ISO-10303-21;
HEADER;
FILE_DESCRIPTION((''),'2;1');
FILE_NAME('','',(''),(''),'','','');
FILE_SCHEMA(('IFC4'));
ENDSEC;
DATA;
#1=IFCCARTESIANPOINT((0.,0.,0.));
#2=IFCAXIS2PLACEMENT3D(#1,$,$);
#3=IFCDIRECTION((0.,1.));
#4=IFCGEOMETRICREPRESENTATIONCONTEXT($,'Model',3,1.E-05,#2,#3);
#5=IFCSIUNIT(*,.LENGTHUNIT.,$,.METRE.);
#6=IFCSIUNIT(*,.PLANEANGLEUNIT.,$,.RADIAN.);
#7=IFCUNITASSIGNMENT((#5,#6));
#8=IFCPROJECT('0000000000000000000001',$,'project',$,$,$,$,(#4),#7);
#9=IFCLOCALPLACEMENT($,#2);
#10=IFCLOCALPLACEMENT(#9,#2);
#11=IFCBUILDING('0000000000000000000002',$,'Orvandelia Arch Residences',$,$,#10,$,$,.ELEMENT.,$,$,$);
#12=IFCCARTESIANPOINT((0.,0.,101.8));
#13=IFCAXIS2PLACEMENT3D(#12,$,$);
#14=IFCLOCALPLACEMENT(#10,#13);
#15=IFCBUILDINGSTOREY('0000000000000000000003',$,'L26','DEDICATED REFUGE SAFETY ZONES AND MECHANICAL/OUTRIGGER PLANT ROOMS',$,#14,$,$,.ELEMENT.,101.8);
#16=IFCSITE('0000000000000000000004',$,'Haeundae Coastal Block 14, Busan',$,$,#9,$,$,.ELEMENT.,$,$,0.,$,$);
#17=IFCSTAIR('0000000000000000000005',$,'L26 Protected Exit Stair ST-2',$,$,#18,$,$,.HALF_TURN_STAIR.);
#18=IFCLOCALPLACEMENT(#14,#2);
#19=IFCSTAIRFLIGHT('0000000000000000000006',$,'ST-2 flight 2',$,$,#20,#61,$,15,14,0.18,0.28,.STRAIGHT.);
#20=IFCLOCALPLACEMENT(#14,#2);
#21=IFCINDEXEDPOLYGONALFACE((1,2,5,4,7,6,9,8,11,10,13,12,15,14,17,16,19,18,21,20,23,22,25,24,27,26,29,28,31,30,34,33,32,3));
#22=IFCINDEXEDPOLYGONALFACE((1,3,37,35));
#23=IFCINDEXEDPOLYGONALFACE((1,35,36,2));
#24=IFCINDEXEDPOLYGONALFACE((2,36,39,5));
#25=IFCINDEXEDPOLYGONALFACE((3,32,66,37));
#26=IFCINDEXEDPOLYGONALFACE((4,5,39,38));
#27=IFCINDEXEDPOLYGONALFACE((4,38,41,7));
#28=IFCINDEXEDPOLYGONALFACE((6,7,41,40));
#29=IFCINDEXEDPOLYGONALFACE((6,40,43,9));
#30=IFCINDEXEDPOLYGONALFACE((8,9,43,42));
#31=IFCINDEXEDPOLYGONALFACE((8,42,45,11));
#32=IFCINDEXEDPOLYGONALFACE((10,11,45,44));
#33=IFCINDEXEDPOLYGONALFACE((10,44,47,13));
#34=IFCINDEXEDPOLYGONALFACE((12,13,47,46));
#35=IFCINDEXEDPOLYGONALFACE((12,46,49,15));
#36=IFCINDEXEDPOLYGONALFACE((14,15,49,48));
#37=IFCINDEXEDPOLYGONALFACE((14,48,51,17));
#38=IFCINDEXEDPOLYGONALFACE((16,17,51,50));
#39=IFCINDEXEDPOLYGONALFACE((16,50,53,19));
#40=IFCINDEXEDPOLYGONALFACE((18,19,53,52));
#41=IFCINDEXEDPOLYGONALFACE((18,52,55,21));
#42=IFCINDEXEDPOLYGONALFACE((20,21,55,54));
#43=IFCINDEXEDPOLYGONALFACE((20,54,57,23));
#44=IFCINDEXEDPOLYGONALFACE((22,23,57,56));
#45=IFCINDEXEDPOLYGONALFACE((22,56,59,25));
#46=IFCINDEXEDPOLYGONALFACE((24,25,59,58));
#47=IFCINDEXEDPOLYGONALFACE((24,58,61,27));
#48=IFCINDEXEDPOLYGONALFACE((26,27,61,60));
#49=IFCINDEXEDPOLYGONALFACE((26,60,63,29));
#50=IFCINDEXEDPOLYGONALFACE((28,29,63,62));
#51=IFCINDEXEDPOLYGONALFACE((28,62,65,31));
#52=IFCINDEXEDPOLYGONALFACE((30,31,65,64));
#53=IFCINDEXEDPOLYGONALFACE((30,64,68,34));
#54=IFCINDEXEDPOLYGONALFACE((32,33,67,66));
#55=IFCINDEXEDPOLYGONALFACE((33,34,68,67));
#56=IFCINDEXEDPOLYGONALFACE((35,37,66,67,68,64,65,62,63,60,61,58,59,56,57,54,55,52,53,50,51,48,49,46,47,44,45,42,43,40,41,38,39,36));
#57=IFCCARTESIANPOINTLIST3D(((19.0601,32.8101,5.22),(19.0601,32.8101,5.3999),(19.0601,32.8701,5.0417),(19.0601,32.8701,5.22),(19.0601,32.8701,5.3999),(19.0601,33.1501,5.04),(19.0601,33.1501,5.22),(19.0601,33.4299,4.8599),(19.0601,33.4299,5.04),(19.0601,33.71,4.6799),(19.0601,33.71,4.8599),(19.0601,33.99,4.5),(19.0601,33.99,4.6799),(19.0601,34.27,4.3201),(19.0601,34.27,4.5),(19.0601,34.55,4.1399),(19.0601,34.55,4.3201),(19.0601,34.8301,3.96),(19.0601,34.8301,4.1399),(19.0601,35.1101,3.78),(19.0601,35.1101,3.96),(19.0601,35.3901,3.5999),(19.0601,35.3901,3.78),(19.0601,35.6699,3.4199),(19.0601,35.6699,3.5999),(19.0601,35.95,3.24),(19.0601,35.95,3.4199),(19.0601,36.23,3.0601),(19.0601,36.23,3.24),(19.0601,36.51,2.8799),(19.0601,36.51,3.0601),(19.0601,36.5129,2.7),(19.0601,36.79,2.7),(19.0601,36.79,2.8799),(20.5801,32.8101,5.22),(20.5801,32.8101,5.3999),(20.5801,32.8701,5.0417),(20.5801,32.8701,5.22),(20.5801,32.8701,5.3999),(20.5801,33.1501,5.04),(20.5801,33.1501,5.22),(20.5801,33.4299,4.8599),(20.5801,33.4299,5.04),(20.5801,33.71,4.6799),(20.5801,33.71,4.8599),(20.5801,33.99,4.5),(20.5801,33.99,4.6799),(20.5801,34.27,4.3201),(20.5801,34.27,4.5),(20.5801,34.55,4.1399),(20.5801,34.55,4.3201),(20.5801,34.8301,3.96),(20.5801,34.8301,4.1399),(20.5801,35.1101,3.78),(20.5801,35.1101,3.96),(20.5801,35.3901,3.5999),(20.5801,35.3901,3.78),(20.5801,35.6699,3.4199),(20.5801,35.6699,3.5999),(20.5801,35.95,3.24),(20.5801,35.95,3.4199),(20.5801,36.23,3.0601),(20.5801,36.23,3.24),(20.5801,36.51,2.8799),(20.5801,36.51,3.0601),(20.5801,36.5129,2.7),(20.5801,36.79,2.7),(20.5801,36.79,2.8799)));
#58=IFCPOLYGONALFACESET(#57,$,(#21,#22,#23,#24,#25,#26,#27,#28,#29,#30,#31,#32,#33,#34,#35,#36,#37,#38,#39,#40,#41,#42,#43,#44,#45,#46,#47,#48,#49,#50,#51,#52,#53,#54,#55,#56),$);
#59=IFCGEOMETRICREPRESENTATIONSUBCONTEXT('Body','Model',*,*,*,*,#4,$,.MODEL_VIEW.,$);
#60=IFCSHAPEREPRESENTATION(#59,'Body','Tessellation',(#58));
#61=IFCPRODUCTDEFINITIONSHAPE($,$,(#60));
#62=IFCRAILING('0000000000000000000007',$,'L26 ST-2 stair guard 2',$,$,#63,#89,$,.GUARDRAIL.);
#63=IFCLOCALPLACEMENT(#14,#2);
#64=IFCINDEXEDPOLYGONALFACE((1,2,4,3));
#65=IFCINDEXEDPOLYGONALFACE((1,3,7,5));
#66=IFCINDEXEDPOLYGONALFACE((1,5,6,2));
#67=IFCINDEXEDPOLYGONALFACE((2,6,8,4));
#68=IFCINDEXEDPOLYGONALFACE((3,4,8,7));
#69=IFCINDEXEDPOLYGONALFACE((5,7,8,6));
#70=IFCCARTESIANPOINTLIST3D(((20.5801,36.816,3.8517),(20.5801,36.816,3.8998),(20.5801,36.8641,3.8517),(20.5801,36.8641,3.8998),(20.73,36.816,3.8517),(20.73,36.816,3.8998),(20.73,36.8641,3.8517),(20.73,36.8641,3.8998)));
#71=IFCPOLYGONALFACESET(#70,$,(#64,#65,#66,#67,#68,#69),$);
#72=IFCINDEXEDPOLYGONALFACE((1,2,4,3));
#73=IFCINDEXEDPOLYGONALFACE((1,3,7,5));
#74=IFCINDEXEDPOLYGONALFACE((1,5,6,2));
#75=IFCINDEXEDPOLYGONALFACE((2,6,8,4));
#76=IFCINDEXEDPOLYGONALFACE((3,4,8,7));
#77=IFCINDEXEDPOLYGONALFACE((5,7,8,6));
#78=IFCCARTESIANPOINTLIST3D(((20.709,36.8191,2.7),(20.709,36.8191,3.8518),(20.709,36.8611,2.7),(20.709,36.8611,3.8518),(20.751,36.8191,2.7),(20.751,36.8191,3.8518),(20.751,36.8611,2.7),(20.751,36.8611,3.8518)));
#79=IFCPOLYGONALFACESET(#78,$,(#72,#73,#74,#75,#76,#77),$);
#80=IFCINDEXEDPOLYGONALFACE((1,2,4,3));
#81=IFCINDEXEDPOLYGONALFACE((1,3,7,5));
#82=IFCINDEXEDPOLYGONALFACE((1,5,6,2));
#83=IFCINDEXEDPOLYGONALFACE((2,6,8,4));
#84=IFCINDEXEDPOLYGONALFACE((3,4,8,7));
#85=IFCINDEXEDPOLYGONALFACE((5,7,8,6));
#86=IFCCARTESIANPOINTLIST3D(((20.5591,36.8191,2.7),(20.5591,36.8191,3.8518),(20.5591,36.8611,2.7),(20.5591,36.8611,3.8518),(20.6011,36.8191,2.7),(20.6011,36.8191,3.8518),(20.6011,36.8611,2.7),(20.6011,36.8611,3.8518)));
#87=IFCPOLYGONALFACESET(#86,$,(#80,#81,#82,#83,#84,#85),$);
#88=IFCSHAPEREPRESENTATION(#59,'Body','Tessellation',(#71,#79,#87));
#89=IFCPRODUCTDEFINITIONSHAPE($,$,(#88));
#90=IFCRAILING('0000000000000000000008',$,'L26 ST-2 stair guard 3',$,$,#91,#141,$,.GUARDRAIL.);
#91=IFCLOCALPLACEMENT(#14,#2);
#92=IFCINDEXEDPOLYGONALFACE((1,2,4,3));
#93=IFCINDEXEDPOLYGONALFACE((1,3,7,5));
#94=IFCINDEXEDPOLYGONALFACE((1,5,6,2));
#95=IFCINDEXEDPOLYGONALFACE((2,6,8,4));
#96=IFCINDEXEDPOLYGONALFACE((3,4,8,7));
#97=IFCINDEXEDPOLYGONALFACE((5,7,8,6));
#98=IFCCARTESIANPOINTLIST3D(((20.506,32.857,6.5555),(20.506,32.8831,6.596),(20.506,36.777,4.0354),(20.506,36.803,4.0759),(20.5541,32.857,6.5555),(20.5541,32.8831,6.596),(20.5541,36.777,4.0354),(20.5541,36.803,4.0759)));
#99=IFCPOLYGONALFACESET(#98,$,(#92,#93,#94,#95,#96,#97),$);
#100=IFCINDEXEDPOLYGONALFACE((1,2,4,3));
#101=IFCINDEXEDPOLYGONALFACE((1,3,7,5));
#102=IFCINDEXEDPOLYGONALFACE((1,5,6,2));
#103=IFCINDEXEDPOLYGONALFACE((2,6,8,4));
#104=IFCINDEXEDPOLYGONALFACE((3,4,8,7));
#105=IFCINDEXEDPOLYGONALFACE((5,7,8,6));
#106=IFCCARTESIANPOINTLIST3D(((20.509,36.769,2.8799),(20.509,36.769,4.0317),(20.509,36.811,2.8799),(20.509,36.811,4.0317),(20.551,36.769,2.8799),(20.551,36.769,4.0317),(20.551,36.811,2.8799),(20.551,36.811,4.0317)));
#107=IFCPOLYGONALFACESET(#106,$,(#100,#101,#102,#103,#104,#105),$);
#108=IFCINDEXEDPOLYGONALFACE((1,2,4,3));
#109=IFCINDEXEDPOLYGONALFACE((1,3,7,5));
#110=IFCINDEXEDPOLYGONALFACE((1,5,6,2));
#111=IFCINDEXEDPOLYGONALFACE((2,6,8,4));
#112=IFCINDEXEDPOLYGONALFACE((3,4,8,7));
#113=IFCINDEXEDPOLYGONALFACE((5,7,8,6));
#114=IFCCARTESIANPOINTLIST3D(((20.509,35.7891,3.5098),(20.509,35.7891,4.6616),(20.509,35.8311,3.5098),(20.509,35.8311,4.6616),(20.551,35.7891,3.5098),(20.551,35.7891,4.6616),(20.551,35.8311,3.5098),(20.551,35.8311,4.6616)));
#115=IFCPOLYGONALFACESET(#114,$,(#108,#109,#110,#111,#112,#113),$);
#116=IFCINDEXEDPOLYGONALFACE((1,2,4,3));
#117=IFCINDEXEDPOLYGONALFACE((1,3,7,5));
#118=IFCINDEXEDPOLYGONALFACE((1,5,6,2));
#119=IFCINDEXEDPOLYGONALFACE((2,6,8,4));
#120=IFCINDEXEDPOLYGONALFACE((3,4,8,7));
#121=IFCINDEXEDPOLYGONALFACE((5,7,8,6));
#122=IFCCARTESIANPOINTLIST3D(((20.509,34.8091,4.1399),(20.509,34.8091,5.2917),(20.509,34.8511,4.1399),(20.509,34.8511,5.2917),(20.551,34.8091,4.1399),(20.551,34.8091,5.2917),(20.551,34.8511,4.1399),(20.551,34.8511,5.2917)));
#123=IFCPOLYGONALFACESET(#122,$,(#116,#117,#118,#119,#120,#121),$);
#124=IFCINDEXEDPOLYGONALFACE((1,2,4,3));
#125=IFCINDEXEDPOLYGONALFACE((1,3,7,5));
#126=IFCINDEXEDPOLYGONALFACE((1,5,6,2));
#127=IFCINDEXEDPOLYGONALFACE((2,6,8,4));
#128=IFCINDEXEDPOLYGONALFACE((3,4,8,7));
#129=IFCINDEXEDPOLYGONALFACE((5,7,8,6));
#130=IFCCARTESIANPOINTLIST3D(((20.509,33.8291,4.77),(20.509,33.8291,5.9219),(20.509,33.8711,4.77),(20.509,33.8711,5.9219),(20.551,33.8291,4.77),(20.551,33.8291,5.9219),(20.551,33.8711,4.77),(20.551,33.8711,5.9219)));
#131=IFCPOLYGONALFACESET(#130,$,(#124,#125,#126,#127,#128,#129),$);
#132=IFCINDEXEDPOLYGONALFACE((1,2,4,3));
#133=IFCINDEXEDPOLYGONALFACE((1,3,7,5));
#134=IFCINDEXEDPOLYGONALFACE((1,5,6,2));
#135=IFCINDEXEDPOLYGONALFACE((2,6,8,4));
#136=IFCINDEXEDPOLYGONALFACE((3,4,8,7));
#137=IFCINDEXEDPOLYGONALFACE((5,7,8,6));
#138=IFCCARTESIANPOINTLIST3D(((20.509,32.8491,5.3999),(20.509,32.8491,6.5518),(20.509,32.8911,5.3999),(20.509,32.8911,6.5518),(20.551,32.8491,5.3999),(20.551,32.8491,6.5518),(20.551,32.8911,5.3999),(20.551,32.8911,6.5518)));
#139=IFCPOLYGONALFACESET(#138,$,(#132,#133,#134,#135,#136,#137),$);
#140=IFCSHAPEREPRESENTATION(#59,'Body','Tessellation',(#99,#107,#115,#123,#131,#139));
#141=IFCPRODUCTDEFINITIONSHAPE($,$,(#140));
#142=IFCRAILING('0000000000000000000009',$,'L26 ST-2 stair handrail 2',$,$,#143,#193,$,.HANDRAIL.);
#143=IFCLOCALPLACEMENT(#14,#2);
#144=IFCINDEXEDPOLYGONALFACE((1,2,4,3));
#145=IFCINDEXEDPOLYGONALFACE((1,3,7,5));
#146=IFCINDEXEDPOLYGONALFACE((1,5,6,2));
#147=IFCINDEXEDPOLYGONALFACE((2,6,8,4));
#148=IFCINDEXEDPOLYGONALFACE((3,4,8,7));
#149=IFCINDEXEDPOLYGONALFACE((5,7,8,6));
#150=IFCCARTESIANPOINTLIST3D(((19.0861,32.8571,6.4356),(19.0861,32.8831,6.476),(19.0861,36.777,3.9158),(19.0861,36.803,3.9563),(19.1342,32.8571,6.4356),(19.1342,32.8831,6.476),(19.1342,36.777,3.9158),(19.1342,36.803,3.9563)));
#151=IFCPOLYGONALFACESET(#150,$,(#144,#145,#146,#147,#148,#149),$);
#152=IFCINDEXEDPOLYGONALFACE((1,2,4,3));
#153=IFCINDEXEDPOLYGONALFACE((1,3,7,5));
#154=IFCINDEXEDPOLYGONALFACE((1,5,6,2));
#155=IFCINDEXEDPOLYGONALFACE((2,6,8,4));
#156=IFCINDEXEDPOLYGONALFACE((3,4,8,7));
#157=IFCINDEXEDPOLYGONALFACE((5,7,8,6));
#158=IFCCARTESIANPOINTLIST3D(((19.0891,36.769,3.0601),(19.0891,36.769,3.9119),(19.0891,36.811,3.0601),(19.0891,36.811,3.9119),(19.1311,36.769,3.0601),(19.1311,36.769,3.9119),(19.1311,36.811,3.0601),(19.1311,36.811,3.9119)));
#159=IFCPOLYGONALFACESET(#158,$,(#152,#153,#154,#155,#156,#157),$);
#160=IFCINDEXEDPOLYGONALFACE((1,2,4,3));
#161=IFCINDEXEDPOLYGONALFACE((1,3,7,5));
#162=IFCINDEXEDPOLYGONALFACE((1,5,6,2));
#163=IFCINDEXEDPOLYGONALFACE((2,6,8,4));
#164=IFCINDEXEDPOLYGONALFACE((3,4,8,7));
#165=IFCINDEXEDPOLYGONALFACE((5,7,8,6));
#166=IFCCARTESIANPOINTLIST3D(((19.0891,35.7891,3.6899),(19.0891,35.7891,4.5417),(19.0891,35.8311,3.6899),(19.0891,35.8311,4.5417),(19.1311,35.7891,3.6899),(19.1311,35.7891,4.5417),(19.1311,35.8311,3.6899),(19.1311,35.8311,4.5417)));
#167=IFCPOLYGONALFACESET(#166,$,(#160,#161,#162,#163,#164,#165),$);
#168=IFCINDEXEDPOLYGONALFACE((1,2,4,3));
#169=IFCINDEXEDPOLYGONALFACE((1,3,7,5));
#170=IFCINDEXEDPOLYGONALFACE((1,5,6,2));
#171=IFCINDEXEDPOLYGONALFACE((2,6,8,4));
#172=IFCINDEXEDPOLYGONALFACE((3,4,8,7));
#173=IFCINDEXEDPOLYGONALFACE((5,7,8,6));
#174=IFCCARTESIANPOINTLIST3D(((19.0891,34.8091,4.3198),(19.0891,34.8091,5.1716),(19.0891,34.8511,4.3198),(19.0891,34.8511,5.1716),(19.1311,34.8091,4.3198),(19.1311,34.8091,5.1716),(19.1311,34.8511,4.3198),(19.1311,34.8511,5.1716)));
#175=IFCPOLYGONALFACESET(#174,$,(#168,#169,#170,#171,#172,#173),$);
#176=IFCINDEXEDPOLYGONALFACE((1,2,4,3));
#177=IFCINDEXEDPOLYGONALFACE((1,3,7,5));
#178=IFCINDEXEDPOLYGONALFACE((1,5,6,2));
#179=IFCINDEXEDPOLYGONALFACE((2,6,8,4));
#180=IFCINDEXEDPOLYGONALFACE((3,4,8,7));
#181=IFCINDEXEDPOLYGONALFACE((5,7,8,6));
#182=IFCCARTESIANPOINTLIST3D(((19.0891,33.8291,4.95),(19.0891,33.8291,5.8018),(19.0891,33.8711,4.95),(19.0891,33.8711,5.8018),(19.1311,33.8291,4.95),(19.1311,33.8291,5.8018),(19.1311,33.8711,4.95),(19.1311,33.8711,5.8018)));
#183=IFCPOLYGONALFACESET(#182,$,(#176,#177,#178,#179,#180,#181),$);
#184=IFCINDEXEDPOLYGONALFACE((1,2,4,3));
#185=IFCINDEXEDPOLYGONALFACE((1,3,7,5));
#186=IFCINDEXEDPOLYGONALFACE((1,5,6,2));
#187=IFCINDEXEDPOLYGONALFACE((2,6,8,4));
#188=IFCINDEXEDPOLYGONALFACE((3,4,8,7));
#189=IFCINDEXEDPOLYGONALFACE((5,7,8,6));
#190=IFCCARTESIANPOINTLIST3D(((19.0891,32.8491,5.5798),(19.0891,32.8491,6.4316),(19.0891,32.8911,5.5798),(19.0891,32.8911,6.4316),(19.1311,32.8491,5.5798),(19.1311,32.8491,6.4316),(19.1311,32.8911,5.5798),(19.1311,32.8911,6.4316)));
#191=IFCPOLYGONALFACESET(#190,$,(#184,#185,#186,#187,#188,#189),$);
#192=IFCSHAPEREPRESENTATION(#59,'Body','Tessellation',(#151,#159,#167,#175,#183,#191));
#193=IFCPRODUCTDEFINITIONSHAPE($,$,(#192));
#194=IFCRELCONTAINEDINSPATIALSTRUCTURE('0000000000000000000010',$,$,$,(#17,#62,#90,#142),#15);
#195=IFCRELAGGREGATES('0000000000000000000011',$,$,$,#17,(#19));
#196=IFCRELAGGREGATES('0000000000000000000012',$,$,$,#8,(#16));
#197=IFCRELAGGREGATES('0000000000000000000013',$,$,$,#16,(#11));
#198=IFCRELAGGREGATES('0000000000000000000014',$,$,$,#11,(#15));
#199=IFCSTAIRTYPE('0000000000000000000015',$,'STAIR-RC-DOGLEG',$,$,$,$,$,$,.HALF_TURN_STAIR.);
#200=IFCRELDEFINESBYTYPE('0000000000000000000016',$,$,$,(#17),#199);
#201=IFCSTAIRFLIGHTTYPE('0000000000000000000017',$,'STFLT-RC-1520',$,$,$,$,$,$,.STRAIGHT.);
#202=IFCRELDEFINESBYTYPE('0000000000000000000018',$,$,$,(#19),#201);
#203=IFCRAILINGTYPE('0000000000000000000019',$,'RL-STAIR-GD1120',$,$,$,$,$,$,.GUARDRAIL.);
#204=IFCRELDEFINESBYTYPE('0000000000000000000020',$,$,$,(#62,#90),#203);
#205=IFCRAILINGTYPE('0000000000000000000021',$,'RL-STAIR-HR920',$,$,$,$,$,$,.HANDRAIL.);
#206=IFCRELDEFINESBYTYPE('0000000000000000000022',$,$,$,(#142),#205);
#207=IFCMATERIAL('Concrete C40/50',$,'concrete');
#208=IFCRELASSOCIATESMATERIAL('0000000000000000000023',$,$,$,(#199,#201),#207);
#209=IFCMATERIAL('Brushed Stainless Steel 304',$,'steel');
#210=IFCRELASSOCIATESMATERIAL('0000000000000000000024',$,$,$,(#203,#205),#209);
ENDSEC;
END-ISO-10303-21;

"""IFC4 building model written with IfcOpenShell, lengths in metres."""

from ifc_helpers import new_model, si_unit, direction, frame, origin, origin_2d, place, context, subcontext, project, spatial, polyline, rectangle, outline, extrude, material, type_object, element, aggregate, save


model = new_model("IFC4")

# Units and contexts
model_context = context("Model", 3, precision=1e-05, world=origin(), true_north=direction((0.0, 1.0)))
body_context = subcontext(model_context, "Body", "Model", "MODEL_VIEW")
ifc_project = project(units=[si_unit("LENGTHUNIT", "METRE"), si_unit("PLANEANGLEUNIT", "RADIAN")], contexts=[model_context])

# Site, building, storey
site_placement = place(None, origin())
site = spatial("IfcSite", under=ifc_project, at=site_placement, Name="Haeundae Coastal Block 14, Busan", CompositionType="ELEMENT", RefElevation=0.0)
building_placement = place(site_placement, origin())
building = spatial("IfcBuilding", under=site, at=building_placement, Name="Orvandelia Arch Residences", CompositionType="ELEMENT")
storey_placement = place(building_placement, frame((0.0, 0.0, 101.8)))
storey = spatial("IfcBuildingStorey", under=building, at=storey_placement, Name="L26", Description="DEDICATED REFUGE SAFETY ZONES AND MECHANICAL/OUTRIGGER PLANT ROOMS", CompositionType="ELEMENT", Elevation=101.8)

# Stair, stair flight
ifc_material_1 = material(Name="Concrete C40/50", Category="concrete")
stair_type = type_object("IfcStairType", Name="STAIR-RC-DOGLEG", PredefinedType="HALF_TURN_STAIR", material=ifc_material_1)
stair_placement = place(storey_placement, origin())
stair = element("IfcStair", 1, at=stair_placement, inside=storey, type_object=stair_type, Name="L26 Protected Exit Stair ST-2", PredefinedType="HALF_TURN_STAIR")
stair_flight_type = type_object("IfcStairFlightType", Name="STFLT-RC-1520", PredefinedType="STRAIGHT", material=ifc_material_1)
stair_flight_placement = place(storey_placement, frame((19.8201, 36.79, 2.7), z_axis=(0.0, 0.0, 1.0), x_axis=(0.0, -1.0, 0.0)))
stair_flight = element("IfcStairFlight", 2, at=stair_flight_placement, type_object=stair_flight_type, Name="ST-2 flight 2", NumberOfRisers=15, NumberOfTreads=14, PredefinedType="STRAIGHT", RiserHeight=0.18, TreadLength=0.28, context=body_context, shape_type="SweptSolid", body=[
    extrude(outline(polyline([(0.0, 0.0), (0.0, 0.1799), (0.28, 0.1799), (0.28, 0.3601), (0.5601, 0.3601), (0.5601, 0.54), (0.8401, 0.54), (0.8401, 0.72), (1.1201, 0.72), (1.1201, 0.8999), (1.3999, 0.8999), (1.3999, 1.0801), (1.6799, 1.0801), (1.6799, 1.26), (1.96, 1.26), (1.96, 1.4399), (2.24, 1.4399), (2.24, 1.6201), (2.52, 1.6201), (2.52, 1.8), (2.8, 1.8), (2.8, 1.98), (3.0801, 1.98), (3.0801, 2.1599), (3.3601, 2.1599), (3.3601, 2.3401), (3.6399, 2.3401), (3.6399, 2.52), (3.9199, 2.52), (3.9199, 2.7), (3.98, 2.7), (3.98, 2.52), (3.9199, 2.3418), (0.2771, 0.0), (0.0, 0.0)])), frame((0.0, 0.76, 0.0), z_axis=(0.0, -1.0, 0.0), x_axis=(1.0, 0.0, 0.0)), (0.0, 0.0, 1.0), 1.52),
])
aggregate(stair, [stair_flight])

# Railings
ifc_material_2 = material(Name="Brushed Stainless Steel 304", Category="steel")
railing_type_1 = type_object("IfcRailingType", Name="RL-STAIR-GD1120", PredefinedType="GUARDRAIL", material=ifc_material_2)
railing_1_placement = place(storey_placement, frame((20.73, 36.8401, 2.7)))
element("IfcRailing", 3, at=railing_1_placement, inside=storey, type_object=railing_type_1, Name="L26 ST-2 stair guard 2", PredefinedType="GUARDRAIL", context=body_context, shape_type="SweptSolid", body=[
    extrude(rectangle(XDim=0.0481, YDim=0.0481, at=origin_2d()), frame((0.0, 0.0, 1.1758), z_axis=(-1.0, 0.0, 0.0), x_axis=(0.0, -1.0, 0.0)), (0.0, 0.0, 1.0), 0.1499),
    extrude(rectangle(XDim=0.042, YDim=0.042, at=origin_2d()), origin(), (0.0, 0.0, 1.0), 1.1519),
    extrude(rectangle(XDim=0.042, YDim=0.042, at=origin_2d()), frame((-0.1499, 0.0, 0.0)), (0.0, 0.0, 1.0), 1.1519),
])
railing_2_placement = place(storey_placement, frame((20.53, 36.79, 2.8799)))
element("IfcRailing", 4, at=railing_2_placement, inside=storey, type_object=railing_type_1, Name="L26 ST-2 stair guard 3", PredefinedType="GUARDRAIL", context=body_context, shape_type="SweptSolid", body=[
    extrude(rectangle(XDim=0.0481, YDim=0.0481, at=origin_2d()), frame((0.0, 0.0, 1.1758), z_axis=(0.0, -0.841172, 0.540768), x_axis=(1.0, 0.0, 0.0)), (0.0, 0.0, 1.0), 4.6602),
    extrude(rectangle(XDim=0.042, YDim=0.042, at=origin_2d()), origin(), (0.0, 0.0, 1.0), 1.1519),
    extrude(rectangle(XDim=0.042, YDim=0.042, at=origin_2d()), frame((0.0, -0.98, 0.6299)), (0.0, 0.0, 1.0), 1.1519),
    extrude(rectangle(XDim=0.042, YDim=0.042, at=origin_2d()), frame((0.0, -1.96, 1.26)), (0.0, 0.0, 1.0), 1.1519),
    extrude(rectangle(XDim=0.042, YDim=0.042, at=origin_2d()), frame((0.0, -2.9399, 1.8901)), (0.0, 0.0, 1.0), 1.1519),
    extrude(rectangle(XDim=0.042, YDim=0.042, at=origin_2d()), frame((0.0, -3.9199, 2.52)), (0.0, 0.0, 1.0), 1.1519),
])
railing_type_2 = type_object("IfcRailingType", Name="RL-STAIR-HR920", PredefinedType="HANDRAIL", material=ifc_material_2)
railing_3_placement = place(storey_placement, frame((19.1101, 36.79, 3.0601)))
element("IfcRailing", 5, at=railing_3_placement, inside=storey, type_object=railing_type_2, Name="L26 ST-2 stair handrail 2", PredefinedType="HANDRAIL", context=body_context, shape_type="SweptSolid", body=[
    extrude(rectangle(XDim=0.0481, YDim=0.0481, at=origin_2d()), frame((0.0, 0.0, 0.876), z_axis=(0.0, -0.841195, 0.540731), x_axis=(1.0, 0.0, 0.0)), (0.0, 0.0, 1.0), 4.6599),
    extrude(rectangle(XDim=0.042, YDim=0.042, at=origin_2d()), origin(), (0.0, 0.0, 1.0), 0.8518),
    extrude(rectangle(XDim=0.042, YDim=0.042, at=origin_2d()), frame((0.0, -0.98, 0.6299)), (0.0, 0.0, 1.0), 0.8518),
    extrude(rectangle(XDim=0.042, YDim=0.042, at=origin_2d()), frame((0.0, -1.96, 1.2598)), (0.0, 0.0, 1.0), 0.8518),
    extrude(rectangle(XDim=0.042, YDim=0.042, at=origin_2d()), frame((0.0, -2.9399, 1.8899)), (0.0, 0.0, 1.0), 0.8518),
    extrude(rectangle(XDim=0.042, YDim=0.042, at=origin_2d()), frame((0.0, -3.9199, 2.5198)), (0.0, 0.0, 1.0), 0.8518),
])

save(model, "model.ifc")
